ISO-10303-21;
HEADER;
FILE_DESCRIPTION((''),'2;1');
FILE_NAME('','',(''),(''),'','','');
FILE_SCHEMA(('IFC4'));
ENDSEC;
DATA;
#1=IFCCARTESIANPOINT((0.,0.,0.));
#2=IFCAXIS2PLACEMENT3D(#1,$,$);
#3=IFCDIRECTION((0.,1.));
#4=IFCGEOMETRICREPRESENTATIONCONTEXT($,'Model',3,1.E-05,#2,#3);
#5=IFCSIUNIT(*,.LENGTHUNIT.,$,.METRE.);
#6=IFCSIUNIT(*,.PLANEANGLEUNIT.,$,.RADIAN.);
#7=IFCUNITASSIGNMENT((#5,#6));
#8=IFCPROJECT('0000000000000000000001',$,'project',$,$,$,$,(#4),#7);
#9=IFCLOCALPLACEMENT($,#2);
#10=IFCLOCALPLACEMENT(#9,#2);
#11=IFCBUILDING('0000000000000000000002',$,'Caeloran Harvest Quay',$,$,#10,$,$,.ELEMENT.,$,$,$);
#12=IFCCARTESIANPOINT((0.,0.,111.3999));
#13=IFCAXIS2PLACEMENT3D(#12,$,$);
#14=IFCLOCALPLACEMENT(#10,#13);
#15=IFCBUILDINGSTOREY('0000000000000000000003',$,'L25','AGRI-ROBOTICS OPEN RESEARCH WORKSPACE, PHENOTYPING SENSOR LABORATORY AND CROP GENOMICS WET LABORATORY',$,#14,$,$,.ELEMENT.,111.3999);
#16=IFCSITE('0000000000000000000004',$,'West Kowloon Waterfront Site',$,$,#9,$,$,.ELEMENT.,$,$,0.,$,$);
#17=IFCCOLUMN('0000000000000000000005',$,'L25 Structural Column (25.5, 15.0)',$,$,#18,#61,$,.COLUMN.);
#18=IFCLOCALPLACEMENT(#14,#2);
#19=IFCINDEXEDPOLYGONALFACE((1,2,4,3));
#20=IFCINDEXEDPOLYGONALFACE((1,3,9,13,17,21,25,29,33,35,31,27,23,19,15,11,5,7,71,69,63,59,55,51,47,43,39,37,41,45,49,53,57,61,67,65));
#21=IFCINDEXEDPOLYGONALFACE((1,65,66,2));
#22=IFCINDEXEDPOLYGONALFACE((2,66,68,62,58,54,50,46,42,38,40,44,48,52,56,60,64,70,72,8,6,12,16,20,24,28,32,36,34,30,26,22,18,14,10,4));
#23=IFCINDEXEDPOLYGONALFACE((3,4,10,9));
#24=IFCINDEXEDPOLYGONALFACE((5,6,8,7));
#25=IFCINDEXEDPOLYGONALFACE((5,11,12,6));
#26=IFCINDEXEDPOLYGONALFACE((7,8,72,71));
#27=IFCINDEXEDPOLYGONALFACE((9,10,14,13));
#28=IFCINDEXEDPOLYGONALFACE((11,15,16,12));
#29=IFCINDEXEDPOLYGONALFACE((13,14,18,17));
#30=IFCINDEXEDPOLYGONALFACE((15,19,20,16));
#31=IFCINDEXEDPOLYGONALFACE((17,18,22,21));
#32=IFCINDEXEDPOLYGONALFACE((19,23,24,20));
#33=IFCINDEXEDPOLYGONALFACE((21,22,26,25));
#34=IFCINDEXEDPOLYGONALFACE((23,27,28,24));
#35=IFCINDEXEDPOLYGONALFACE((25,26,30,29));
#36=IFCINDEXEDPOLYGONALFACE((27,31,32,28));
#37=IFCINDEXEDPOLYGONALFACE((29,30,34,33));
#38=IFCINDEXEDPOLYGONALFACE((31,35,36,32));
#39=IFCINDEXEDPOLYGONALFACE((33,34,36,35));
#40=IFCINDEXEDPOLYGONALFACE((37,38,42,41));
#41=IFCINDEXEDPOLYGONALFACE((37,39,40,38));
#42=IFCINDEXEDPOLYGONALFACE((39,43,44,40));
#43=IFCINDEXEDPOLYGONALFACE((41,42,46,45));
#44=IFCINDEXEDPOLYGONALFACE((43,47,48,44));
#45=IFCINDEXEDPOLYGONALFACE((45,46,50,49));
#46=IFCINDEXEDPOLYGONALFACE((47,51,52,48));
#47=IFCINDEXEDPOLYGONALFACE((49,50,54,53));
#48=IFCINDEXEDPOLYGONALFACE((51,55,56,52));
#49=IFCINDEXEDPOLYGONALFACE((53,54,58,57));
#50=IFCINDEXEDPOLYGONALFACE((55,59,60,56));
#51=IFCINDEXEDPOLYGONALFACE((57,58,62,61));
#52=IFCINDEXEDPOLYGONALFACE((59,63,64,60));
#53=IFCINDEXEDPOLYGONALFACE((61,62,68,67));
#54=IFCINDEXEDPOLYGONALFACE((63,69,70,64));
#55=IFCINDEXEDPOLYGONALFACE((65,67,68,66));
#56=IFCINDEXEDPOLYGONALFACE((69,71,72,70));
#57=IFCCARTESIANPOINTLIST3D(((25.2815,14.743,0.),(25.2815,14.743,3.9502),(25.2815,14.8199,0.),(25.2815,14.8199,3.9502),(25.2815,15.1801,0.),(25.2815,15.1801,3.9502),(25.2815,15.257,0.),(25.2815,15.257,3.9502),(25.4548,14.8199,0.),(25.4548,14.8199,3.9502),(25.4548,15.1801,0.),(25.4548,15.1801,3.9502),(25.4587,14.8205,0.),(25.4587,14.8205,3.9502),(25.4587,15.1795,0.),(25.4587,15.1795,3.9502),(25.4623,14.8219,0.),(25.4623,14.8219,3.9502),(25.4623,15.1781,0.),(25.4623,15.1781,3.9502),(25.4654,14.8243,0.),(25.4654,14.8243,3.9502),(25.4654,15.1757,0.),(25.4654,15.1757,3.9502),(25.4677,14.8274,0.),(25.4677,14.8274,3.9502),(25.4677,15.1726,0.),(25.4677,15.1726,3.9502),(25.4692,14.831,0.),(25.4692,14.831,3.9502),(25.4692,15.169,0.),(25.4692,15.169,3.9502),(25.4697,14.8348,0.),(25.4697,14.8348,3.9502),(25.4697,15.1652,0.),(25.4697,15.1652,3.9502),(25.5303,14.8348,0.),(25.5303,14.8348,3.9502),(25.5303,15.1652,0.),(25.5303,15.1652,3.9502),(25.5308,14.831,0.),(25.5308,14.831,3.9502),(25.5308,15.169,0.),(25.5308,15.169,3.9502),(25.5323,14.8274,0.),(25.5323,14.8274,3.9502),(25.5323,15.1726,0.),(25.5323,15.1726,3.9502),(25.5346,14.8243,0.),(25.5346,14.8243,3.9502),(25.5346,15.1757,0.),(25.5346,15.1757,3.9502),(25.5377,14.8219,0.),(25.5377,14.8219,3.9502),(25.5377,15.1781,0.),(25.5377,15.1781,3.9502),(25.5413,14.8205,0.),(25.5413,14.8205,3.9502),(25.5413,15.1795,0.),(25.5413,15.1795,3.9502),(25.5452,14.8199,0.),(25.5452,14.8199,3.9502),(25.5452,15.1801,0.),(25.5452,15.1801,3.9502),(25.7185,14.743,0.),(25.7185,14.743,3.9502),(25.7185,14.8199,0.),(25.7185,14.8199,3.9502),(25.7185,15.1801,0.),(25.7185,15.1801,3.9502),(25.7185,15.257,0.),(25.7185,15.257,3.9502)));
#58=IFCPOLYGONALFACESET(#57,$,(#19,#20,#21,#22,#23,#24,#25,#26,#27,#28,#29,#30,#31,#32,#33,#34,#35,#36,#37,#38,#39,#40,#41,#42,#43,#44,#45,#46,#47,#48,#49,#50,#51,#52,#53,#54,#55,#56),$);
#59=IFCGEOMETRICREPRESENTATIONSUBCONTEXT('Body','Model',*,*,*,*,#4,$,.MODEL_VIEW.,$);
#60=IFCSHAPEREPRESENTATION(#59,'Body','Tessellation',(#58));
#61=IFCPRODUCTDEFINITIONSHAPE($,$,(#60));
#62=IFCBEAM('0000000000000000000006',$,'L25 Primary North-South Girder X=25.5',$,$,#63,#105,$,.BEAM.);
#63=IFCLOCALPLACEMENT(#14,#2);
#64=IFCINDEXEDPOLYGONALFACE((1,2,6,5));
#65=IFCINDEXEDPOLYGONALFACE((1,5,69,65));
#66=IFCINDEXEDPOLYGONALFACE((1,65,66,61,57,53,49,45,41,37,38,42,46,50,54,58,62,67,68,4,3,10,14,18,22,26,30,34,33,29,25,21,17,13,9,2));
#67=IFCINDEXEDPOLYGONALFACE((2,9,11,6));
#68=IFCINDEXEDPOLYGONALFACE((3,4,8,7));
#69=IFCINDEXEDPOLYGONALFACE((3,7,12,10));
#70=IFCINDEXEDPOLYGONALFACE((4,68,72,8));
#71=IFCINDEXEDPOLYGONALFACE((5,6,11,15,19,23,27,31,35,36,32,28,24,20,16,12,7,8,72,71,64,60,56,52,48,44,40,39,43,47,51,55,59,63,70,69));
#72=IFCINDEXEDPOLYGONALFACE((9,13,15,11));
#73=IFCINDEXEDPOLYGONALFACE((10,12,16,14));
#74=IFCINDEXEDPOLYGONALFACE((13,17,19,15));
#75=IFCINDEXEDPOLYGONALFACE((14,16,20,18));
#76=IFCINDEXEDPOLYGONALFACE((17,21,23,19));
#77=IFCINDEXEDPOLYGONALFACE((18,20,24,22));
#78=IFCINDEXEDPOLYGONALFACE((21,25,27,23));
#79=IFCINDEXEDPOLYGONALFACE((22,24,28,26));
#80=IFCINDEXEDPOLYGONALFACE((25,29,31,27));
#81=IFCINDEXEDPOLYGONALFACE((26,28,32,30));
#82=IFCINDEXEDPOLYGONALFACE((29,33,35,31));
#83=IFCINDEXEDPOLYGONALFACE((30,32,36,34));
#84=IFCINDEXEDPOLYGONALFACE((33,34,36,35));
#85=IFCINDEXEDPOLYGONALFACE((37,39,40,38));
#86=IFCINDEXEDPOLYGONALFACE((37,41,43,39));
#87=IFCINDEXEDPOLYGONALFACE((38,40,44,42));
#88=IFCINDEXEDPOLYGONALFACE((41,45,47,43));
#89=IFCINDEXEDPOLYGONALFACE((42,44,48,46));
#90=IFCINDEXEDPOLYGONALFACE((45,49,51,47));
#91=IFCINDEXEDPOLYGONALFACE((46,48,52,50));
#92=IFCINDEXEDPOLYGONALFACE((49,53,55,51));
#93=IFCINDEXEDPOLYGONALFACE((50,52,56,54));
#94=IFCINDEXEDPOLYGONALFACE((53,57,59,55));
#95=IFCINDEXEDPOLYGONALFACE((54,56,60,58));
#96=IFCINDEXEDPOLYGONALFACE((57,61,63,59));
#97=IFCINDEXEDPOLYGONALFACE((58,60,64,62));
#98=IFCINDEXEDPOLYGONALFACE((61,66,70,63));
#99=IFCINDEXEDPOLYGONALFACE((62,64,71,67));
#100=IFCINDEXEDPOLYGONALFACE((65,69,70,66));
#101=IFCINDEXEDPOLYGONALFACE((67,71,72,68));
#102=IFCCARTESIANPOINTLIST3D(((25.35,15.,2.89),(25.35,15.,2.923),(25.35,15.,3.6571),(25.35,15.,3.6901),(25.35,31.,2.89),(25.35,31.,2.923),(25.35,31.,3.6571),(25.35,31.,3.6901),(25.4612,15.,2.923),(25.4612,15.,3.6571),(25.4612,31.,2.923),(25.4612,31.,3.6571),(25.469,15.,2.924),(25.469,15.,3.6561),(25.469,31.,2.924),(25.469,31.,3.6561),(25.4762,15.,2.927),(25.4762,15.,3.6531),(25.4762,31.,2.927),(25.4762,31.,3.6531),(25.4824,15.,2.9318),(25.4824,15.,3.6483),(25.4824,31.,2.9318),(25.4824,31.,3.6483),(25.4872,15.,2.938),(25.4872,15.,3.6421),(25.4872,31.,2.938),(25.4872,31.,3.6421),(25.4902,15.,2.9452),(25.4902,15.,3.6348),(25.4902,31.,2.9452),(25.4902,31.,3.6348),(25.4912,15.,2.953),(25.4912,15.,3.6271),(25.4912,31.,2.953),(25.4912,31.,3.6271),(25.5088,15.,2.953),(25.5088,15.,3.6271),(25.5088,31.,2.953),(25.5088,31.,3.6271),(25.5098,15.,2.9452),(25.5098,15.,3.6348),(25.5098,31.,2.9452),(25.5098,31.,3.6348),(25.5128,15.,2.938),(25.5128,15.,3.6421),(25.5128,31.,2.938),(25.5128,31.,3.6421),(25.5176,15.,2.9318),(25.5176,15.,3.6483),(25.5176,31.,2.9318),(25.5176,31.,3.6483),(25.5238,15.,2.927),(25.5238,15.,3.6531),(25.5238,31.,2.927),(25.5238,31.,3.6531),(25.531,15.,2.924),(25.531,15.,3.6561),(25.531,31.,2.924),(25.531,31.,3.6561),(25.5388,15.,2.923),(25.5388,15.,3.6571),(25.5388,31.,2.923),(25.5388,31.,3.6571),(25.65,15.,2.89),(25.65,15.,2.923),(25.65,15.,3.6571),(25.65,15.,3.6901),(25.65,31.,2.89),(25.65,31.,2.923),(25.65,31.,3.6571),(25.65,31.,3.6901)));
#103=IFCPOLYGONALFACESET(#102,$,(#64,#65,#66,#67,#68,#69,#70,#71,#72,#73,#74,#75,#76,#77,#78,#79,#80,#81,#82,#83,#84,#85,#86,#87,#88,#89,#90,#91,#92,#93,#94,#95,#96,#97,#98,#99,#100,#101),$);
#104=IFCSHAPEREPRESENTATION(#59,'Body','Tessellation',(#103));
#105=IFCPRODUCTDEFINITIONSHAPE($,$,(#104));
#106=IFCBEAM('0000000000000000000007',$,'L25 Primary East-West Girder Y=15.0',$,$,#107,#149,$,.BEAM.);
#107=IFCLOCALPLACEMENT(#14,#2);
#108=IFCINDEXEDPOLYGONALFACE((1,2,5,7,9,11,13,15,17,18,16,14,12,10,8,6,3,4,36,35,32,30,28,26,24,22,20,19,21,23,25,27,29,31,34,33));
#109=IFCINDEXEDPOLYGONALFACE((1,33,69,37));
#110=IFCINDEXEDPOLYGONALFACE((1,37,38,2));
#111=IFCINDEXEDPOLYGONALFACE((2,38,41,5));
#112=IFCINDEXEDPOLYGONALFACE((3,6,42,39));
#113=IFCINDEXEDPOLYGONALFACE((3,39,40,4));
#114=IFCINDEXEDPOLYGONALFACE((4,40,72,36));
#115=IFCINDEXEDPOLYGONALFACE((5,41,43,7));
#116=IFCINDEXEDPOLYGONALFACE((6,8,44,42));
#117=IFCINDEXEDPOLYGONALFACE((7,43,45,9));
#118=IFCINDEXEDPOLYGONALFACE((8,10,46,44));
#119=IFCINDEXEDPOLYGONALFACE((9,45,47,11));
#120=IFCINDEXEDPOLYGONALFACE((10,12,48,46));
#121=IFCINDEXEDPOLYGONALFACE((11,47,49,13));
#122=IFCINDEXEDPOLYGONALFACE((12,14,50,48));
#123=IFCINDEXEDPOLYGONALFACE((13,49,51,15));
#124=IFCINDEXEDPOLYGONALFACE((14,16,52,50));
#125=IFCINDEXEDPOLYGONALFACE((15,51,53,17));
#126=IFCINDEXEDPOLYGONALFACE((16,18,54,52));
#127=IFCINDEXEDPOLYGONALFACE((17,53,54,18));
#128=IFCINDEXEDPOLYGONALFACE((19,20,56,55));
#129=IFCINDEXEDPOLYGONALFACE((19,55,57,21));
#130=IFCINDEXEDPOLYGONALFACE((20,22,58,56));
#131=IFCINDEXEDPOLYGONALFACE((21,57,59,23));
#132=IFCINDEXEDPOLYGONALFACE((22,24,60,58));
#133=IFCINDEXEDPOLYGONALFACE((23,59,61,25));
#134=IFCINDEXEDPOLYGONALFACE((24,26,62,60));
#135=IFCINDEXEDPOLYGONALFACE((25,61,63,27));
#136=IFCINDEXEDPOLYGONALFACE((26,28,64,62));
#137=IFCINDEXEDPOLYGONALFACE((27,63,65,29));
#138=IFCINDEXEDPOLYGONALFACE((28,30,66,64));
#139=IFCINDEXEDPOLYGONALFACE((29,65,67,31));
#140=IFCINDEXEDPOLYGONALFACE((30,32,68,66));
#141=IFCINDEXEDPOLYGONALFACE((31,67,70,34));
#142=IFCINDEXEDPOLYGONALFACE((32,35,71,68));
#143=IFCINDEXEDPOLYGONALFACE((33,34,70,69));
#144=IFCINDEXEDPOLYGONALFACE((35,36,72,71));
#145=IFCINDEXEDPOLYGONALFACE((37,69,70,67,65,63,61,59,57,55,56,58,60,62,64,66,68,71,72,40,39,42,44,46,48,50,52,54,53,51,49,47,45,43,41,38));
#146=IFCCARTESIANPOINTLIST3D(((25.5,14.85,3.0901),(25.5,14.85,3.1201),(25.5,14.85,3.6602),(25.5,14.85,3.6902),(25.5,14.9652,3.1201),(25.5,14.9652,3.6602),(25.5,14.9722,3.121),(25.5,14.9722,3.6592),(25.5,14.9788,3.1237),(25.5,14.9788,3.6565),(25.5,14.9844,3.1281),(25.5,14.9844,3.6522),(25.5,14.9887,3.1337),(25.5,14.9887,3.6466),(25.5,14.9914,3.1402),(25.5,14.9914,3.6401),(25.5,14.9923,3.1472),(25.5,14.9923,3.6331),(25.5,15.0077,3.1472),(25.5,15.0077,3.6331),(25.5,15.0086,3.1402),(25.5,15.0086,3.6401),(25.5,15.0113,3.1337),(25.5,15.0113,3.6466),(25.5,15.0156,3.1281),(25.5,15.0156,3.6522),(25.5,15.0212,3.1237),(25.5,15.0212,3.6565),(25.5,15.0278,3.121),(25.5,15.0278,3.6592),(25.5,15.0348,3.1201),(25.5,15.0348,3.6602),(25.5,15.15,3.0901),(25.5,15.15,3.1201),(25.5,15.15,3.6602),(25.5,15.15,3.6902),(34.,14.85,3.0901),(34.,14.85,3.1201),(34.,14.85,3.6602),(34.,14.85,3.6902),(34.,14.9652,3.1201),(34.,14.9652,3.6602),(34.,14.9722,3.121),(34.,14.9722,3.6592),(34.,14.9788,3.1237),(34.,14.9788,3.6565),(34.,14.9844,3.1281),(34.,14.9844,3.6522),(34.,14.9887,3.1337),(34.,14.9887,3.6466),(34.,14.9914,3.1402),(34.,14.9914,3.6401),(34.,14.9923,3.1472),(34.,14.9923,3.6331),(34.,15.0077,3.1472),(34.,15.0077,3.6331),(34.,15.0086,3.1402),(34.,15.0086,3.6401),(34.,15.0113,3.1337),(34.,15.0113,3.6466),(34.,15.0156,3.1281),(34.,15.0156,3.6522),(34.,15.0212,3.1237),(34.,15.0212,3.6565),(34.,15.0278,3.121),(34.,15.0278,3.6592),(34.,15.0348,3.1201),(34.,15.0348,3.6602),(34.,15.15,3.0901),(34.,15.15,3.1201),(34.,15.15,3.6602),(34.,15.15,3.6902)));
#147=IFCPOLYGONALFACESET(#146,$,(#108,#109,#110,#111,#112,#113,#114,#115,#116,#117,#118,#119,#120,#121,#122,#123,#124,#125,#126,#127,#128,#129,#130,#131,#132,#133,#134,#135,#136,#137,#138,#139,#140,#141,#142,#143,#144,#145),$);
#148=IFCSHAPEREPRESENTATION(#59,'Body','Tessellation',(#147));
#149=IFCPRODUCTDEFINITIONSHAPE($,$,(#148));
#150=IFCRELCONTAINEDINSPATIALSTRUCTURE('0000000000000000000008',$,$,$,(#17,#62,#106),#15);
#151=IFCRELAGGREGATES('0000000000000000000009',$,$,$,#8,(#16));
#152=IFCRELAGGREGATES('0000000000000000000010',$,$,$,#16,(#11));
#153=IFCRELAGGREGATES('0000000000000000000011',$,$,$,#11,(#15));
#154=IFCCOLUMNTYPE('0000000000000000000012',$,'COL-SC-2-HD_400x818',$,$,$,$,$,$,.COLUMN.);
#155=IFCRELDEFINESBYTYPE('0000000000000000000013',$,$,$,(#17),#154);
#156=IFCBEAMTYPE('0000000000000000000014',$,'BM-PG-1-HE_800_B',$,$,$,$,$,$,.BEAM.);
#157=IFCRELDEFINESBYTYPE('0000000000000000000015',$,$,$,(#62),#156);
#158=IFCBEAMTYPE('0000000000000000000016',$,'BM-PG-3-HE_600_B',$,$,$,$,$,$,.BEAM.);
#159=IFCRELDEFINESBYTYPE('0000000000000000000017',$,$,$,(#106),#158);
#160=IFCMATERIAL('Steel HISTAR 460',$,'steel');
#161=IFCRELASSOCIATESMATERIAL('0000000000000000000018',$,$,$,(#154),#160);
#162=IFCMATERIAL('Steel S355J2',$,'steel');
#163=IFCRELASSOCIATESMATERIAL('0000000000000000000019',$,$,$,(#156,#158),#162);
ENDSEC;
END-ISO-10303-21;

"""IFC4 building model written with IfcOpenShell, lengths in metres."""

from ifc_helpers import new_model, si_unit, direction, frame, origin, origin_2d, place, context, subcontext, project, spatial, i_section, extrude, material, material_profile, profile_set, type_object, element, save


model = new_model("IFC4")

# Units and contexts
model_context = context("Model", 3, precision=1e-05, world=origin(), true_north=direction((0.0, 1.0)))
body_context = subcontext(model_context, "Body", "Model", "MODEL_VIEW")
ifc_project = project(units=[si_unit("LENGTHUNIT", "METRE"), si_unit("PLANEANGLEUNIT", "RADIAN")], contexts=[model_context])

# Site, building, storey
site_placement = place(None, origin())
site = spatial("IfcSite", under=ifc_project, at=site_placement, Name="West Kowloon Waterfront Site", CompositionType="ELEMENT", RefElevation=0.0)
building_placement = place(site_placement, origin())
building = spatial("IfcBuilding", under=site, at=building_placement, Name="Caeloran Harvest Quay", CompositionType="ELEMENT")
storey_placement = place(building_placement, frame((0.0, 0.0, 111.3999)))
storey = spatial("IfcBuildingStorey", under=building, at=storey_placement, Name="L25", Description="AGRI-ROBOTICS OPEN RESEARCH WORKSPACE, PHENOTYPING SENSOR LABORATORY AND CROP GENOMICS WET LABORATORY", CompositionType="ELEMENT", Elevation=111.3999)

# Column
ifc_material_1 = material(Name="Steel HISTAR 460", Category="steel")
ifc_material_profile_1 = material_profile(ifc_material_1, i_section(OverallWidth=0.437, OverallDepth=0.5139, WebThickness=0.0605, FlangeThickness=0.0769, FilletRadius=0.0149, at=origin_2d()), Name="HD 400x818")
ifc_profile_set_1 = profile_set([ifc_material_profile_1], Name="Steel HISTAR 460")
column_type = type_object("IfcColumnType", Name="COL-SC-2-HD_400x818", PredefinedType="COLUMN", material=ifc_profile_set_1)
column_placement = place(storey_placement, frame((25.5, 15.0, 0.0), z_axis=(0.0, 0.0, 1.0), x_axis=(1.0, 0.0, 0.0)))
element("IfcColumn", 1, at=column_placement, inside=storey, type_object=column_type, Name="L25 Structural Column (25.5, 15.0)", PredefinedType="COLUMN", context=body_context, shape_type="SweptSolid", body=[
    extrude(i_section(OverallWidth=0.437, OverallDepth=0.5139, WebThickness=0.0605, FlangeThickness=0.0769, FilletRadius=0.0149, at=origin_2d()), origin(), (0.0, 0.0, 1.0), 3.9502),
])

# Beams
ifc_material_2 = material(Name="Steel S355J2", Category="steel")
ifc_material_profile_2 = material_profile(ifc_material_2, i_section(OverallWidth=0.3, OverallDepth=0.8, WebThickness=0.0176, FlangeThickness=0.033, FilletRadius=0.03, at=origin_2d()), Name="HE 800 B")
ifc_profile_set_2 = profile_set([ifc_material_profile_2], Name="Steel S355J2")
beam_type_1 = type_object("IfcBeamType", Name="BM-PG-1-HE_800_B", PredefinedType="BEAM", material=ifc_profile_set_2)
beam_1_placement = place(storey_placement, frame((25.5, 15.0, 3.29), z_axis=(0.0, 1.0, 0.0), x_axis=(-1.0, 0.0, 0.0)))
element("IfcBeam", 2, at=beam_1_placement, inside=storey, type_object=beam_type_1, Name="L25 Primary North-South Girder X=25.5", PredefinedType="BEAM", context=body_context, shape_type="SweptSolid", body=[
    extrude(i_section(OverallWidth=0.3, OverallDepth=0.8, WebThickness=0.0176, FlangeThickness=0.033, FilletRadius=0.03, at=origin_2d()), origin(), (0.0, 0.0, 1.0), 16.0),
])
ifc_material_profile_3 = material_profile(ifc_material_2, i_section(OverallWidth=0.3, OverallDepth=0.6001, WebThickness=0.0154, FlangeThickness=0.03, FilletRadius=0.0271, at=origin_2d()), Name="HE 600 B")
ifc_profile_set_3 = profile_set([ifc_material_profile_3], Name="Steel S355J2")
beam_type_2 = type_object("IfcBeamType", Name="BM-PG-3-HE_600_B", PredefinedType="BEAM", material=ifc_profile_set_3)
beam_2_placement = place(storey_placement, frame((25.5, 15.0, 3.3901), z_axis=(1.0, 0.0, 0.0), x_axis=(0.0, 1.0, 0.0)))
element("IfcBeam", 3, at=beam_2_placement, inside=storey, type_object=beam_type_2, Name="L25 Primary East-West Girder Y=15.0", PredefinedType="BEAM", context=body_context, shape_type="SweptSolid", body=[
    extrude(i_section(OverallWidth=0.3, OverallDepth=0.6001, WebThickness=0.0154, FlangeThickness=0.03, FilletRadius=0.0271, at=origin_2d()), origin(), (0.0, 0.0, 1.0), 8.5),
])

save(model, "model.ifc")
